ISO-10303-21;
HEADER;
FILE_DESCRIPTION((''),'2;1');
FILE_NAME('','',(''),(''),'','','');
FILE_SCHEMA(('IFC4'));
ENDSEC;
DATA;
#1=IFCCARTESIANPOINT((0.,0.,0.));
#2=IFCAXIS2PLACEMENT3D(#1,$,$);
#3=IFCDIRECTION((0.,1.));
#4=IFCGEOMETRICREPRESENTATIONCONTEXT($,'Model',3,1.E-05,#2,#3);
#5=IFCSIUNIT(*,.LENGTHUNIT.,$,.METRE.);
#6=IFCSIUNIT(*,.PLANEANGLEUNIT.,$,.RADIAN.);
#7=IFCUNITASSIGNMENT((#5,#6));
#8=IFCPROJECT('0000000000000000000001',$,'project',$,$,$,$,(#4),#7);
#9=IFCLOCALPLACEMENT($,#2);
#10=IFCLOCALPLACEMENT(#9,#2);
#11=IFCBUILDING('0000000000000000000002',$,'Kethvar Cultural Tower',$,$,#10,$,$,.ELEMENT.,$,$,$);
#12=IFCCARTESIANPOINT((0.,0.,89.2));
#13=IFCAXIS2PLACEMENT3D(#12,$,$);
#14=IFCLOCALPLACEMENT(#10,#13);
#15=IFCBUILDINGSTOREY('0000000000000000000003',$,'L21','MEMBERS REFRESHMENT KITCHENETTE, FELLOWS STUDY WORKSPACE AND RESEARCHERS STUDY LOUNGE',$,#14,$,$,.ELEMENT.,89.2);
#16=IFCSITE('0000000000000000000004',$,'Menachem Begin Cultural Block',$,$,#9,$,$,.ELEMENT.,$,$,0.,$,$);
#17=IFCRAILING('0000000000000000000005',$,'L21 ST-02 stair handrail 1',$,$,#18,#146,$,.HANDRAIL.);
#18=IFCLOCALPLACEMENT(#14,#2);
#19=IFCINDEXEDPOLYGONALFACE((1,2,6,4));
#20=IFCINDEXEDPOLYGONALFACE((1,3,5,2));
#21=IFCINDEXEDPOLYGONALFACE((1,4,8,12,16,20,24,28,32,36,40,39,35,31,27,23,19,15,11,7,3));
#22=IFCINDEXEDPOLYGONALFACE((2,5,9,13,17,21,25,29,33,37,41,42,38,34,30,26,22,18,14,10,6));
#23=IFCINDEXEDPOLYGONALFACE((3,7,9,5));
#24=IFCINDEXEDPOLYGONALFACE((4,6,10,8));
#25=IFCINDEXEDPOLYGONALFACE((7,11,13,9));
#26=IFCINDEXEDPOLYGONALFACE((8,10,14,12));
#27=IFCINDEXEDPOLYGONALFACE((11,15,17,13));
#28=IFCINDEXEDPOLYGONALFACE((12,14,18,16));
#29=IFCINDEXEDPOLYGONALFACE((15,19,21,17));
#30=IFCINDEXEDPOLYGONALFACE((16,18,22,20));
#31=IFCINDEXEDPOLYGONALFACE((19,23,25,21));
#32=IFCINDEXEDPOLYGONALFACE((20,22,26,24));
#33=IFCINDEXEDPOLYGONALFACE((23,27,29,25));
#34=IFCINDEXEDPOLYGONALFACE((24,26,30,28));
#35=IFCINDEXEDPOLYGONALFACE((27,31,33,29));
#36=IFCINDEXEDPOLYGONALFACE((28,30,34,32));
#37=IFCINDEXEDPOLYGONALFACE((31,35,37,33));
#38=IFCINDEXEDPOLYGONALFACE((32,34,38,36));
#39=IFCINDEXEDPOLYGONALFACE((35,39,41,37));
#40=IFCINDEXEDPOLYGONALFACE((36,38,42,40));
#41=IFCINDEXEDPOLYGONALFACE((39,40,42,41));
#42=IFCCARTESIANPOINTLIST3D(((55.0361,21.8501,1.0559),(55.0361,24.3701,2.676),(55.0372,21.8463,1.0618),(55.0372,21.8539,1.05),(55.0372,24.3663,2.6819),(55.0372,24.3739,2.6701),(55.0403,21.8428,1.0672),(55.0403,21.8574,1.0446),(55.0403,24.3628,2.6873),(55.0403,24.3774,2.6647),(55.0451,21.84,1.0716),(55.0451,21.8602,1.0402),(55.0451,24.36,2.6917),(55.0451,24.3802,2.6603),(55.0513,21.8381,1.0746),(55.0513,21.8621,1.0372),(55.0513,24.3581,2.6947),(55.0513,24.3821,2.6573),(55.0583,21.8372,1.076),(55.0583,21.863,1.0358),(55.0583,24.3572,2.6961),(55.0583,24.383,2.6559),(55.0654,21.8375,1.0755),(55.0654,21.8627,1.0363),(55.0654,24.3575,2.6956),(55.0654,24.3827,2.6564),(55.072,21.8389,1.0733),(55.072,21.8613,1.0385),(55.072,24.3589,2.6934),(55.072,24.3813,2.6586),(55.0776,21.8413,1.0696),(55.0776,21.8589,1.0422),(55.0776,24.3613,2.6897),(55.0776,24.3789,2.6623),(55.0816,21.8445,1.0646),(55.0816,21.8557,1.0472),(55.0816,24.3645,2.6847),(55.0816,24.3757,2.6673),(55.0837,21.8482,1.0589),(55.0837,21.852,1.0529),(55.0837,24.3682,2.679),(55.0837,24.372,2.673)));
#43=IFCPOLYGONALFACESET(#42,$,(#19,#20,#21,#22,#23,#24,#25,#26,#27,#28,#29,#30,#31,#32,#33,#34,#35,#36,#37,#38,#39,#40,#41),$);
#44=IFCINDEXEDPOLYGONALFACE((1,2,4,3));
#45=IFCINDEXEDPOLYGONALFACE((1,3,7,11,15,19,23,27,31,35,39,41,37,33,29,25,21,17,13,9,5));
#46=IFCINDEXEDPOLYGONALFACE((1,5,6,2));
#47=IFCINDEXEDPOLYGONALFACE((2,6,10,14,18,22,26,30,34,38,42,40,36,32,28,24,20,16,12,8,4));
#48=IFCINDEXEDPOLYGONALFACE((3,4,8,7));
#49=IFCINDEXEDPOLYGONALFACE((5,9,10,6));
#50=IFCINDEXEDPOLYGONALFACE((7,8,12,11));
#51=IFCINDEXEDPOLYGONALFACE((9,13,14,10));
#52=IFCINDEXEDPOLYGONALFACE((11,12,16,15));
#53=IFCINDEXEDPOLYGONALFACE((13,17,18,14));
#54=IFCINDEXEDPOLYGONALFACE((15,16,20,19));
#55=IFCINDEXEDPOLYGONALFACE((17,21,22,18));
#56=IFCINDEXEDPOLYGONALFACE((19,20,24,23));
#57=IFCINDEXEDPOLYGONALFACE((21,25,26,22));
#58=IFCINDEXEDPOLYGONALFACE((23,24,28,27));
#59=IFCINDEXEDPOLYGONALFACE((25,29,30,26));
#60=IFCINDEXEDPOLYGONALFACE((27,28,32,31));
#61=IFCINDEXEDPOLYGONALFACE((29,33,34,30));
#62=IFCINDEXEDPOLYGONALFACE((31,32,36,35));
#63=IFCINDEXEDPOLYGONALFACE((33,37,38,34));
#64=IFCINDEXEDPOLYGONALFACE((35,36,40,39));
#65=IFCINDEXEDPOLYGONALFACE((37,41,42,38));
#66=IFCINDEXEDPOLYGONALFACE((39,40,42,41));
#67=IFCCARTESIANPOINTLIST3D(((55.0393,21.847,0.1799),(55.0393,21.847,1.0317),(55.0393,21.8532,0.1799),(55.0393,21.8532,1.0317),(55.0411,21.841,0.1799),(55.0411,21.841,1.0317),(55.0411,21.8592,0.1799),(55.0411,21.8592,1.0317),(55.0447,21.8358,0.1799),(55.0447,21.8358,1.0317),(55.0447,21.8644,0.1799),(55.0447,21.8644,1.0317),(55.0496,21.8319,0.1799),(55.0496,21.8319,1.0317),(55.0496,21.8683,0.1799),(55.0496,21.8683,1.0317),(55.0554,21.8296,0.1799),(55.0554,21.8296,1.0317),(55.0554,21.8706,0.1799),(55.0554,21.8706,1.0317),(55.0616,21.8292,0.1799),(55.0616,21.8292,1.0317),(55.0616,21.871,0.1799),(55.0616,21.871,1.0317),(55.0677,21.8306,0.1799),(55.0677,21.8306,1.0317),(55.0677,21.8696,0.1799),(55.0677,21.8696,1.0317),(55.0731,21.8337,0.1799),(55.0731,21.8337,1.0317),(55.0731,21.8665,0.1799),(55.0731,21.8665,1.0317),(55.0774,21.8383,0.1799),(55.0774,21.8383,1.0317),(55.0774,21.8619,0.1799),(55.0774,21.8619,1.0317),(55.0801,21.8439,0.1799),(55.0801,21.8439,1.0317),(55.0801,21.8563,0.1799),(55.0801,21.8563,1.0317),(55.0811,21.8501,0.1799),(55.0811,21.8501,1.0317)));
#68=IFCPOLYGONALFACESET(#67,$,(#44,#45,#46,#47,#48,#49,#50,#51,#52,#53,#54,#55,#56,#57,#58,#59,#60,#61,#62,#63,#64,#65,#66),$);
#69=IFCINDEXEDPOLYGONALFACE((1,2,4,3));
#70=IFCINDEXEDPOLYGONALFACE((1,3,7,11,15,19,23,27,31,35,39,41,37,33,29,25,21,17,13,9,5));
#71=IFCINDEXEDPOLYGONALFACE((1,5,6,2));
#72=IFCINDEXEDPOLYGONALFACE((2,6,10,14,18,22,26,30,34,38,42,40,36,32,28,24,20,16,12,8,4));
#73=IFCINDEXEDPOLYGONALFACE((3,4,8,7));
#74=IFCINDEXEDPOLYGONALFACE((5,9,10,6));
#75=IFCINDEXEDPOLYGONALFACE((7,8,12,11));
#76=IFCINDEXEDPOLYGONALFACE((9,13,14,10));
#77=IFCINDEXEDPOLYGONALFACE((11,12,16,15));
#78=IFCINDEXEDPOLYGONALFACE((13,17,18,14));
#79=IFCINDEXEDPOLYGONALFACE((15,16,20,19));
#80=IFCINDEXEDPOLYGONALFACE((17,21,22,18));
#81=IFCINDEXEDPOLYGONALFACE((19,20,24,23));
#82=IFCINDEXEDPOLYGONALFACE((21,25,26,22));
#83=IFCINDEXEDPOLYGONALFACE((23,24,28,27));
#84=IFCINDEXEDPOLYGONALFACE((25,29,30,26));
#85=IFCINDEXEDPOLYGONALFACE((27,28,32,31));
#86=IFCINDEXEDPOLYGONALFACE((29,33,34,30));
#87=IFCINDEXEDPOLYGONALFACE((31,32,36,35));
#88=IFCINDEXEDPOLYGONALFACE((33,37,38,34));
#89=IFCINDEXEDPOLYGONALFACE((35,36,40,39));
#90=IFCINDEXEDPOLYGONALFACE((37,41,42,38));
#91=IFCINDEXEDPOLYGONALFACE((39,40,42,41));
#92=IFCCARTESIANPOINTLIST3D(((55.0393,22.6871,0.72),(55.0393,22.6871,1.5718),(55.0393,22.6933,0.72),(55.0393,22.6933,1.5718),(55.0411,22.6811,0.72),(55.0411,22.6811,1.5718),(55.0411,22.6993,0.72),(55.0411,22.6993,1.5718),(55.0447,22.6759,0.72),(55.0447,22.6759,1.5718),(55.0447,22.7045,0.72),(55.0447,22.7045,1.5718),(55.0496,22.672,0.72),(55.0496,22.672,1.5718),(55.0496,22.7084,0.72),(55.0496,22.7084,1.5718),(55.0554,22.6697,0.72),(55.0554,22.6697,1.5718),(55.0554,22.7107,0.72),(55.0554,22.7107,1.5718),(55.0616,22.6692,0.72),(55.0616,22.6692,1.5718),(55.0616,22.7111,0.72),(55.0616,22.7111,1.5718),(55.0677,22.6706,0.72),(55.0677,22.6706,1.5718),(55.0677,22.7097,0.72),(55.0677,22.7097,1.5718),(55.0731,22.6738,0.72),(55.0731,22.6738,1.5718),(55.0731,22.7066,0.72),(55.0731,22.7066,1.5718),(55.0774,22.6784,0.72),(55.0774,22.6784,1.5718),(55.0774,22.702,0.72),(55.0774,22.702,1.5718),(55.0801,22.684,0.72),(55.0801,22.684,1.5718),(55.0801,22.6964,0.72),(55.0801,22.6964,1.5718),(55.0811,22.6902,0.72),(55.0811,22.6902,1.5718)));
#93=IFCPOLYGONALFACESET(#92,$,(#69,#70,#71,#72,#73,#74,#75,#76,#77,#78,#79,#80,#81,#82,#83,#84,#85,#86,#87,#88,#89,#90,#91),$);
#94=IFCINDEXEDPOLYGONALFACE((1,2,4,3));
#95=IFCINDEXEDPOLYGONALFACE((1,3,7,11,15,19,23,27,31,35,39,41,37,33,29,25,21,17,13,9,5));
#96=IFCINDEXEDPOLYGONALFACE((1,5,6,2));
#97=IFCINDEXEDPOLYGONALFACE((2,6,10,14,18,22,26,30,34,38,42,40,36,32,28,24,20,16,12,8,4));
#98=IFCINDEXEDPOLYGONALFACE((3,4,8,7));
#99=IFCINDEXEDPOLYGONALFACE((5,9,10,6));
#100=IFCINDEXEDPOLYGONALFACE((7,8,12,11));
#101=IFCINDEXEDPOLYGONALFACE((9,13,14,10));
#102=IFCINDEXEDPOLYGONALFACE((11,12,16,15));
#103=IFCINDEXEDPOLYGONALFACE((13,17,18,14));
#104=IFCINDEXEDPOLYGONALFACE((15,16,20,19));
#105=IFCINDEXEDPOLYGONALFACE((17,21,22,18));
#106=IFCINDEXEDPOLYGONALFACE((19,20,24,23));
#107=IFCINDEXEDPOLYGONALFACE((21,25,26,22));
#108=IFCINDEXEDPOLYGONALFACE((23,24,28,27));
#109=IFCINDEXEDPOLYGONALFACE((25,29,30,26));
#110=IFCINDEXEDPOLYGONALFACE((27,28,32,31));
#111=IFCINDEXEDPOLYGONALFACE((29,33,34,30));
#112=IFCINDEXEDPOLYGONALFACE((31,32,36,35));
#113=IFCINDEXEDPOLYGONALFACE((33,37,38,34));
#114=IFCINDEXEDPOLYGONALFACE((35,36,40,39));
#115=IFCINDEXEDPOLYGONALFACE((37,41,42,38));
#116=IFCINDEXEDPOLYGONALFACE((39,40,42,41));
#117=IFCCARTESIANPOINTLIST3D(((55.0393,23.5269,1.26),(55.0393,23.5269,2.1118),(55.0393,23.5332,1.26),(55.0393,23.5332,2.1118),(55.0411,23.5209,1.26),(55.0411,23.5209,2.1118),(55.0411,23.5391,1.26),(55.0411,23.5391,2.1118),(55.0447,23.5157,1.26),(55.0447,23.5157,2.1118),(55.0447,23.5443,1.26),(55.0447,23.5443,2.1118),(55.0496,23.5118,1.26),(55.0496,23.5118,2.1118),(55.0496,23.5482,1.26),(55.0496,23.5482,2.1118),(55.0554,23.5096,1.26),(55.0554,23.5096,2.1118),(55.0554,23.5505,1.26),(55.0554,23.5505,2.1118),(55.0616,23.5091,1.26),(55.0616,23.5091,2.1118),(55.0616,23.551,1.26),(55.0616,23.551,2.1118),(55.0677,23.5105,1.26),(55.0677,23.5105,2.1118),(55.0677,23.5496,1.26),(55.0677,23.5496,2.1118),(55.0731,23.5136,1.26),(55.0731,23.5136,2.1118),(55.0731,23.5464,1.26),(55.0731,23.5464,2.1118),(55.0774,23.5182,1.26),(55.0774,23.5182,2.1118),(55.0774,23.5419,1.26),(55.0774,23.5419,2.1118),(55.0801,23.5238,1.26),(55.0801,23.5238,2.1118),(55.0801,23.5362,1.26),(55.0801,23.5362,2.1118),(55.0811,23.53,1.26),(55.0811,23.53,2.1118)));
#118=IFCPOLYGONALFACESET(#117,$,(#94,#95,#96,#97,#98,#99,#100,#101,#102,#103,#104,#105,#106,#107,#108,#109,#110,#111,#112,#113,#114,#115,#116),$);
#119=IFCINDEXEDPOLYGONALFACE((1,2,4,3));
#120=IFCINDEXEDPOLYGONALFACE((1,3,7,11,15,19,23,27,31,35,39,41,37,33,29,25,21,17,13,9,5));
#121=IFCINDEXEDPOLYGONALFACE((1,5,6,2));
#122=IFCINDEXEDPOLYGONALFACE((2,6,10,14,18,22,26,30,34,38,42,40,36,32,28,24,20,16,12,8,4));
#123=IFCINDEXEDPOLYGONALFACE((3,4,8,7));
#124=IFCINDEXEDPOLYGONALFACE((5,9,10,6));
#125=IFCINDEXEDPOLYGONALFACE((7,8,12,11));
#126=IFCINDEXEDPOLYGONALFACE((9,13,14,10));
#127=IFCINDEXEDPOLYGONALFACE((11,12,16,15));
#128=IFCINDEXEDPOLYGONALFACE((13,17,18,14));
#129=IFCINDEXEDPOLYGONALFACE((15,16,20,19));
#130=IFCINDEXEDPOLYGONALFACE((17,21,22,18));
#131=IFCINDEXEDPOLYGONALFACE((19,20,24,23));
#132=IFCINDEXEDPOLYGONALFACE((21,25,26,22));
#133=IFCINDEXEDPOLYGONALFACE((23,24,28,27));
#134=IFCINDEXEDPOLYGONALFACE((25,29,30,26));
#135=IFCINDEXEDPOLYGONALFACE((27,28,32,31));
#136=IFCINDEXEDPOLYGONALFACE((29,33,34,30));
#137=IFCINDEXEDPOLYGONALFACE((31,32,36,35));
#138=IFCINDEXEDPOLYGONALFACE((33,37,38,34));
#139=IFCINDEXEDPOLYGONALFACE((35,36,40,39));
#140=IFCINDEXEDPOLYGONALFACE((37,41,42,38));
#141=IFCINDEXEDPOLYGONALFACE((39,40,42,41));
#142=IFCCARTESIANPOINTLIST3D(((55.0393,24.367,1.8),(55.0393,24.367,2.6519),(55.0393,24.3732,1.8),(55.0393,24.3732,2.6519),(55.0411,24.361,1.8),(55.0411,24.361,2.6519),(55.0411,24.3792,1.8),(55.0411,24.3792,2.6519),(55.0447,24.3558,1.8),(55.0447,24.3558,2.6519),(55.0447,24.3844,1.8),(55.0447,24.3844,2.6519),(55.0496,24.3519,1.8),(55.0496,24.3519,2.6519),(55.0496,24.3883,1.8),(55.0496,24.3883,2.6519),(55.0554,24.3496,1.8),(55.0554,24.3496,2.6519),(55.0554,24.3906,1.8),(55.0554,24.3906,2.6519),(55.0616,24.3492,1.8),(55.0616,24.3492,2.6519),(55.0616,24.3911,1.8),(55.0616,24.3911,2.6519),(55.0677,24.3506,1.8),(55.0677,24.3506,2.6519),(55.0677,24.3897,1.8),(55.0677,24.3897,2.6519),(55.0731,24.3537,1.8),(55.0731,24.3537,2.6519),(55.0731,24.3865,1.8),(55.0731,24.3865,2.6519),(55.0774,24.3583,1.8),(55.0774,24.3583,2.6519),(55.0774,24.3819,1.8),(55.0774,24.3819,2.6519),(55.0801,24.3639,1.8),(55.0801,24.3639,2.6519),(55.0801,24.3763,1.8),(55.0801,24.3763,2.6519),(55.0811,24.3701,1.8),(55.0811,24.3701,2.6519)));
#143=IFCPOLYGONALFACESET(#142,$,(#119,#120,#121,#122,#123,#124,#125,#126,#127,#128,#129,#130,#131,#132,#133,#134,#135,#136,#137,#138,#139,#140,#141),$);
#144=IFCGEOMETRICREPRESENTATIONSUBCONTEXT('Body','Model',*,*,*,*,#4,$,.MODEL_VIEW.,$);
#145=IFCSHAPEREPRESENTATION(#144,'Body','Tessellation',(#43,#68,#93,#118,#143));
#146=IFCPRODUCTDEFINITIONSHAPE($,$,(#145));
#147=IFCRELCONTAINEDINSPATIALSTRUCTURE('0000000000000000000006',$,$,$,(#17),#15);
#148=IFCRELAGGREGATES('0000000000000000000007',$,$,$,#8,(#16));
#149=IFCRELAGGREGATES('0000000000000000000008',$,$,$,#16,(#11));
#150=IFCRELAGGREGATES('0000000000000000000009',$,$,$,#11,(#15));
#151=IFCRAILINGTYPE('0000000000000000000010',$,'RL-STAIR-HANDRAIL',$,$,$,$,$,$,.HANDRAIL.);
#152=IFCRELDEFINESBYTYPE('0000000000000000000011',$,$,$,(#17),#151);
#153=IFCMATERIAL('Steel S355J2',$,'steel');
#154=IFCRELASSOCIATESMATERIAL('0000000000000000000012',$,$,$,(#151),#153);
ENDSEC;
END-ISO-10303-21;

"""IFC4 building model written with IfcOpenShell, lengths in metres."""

from ifc_helpers import new_model, si_unit, direction, frame, origin, origin_2d, place, context, subcontext, project, spatial, circle, extrude, material, type_object, element, save


model = new_model("IFC4")

# Units and contexts
model_context = context("Model", 3, precision=1e-05, world=origin(), true_north=direction((0.0, 1.0)))
body_context = subcontext(model_context, "Body", "Model", "MODEL_VIEW")
ifc_project = project(units=[si_unit("LENGTHUNIT", "METRE"), si_unit("PLANEANGLEUNIT", "RADIAN")], contexts=[model_context])

# Site, building, storey
site_placement = place(None, origin())
site = spatial("IfcSite", under=ifc_project, at=site_placement, Name="Menachem Begin Cultural Block", CompositionType="ELEMENT", RefElevation=0.0)
building_placement = place(site_placement, origin())
building = spatial("IfcBuilding", under=site, at=building_placement, Name="Kethvar Cultural Tower", CompositionType="ELEMENT")
storey_placement = place(building_placement, frame((0.0, 0.0, 89.2)))
storey = spatial("IfcBuildingStorey", under=building, at=storey_placement, Name="L21", Description="MEMBERS REFRESHMENT KITCHENETTE, FELLOWS STUDY WORKSPACE AND RESEARCHERS STUDY LOUNGE", CompositionType="ELEMENT", Elevation=89.2)

# Shared definitions
ifc_material_1 = material(Name="Steel S355J2", Category="steel")

# Railing
railing_type_1 = type_object("IfcRailingType", Name="RL-STAIR-HANDRAIL", PredefinedType="HANDRAIL", material=ifc_material_1)
railing_1_placement = place(storey_placement, frame((55.0601, 21.8501, 0.1799)))
element("IfcRailing", 1, at=railing_1_placement, inside=storey, type_object=railing_type_1, Name="L21 ST-02 stair handrail 1", PredefinedType="HANDRAIL", context=body_context, shape_type="SweptSolid", body=[
    extrude(circle(Radius=0.0239, at=origin_2d()), frame((0.0, 0.0, 0.876), z_axis=(0.0, 0.841163, 0.540782), x_axis=(-1.0, 0.0, 0.0)), (0.0, 0.0, 1.0), 2.9958),
    extrude(circle(Radius=0.021, at=origin_2d()), origin(), (0.0, 0.0, 1.0), 0.8518),
    extrude(circle(Radius=0.021, at=origin_2d()), frame((0.0, 0.8401, 0.54)), (0.0, 0.0, 1.0), 0.8518),
    extrude(circle(Radius=0.021, at=origin_2d()), frame((0.0, 1.6799, 1.0801)), (0.0, 0.0, 1.0), 0.8518),
    extrude(circle(Radius=0.021, at=origin_2d()), frame((0.0, 2.52, 1.6201)), (0.0, 0.0, 1.0), 0.8518),
])

save(model, "model.ifc")
